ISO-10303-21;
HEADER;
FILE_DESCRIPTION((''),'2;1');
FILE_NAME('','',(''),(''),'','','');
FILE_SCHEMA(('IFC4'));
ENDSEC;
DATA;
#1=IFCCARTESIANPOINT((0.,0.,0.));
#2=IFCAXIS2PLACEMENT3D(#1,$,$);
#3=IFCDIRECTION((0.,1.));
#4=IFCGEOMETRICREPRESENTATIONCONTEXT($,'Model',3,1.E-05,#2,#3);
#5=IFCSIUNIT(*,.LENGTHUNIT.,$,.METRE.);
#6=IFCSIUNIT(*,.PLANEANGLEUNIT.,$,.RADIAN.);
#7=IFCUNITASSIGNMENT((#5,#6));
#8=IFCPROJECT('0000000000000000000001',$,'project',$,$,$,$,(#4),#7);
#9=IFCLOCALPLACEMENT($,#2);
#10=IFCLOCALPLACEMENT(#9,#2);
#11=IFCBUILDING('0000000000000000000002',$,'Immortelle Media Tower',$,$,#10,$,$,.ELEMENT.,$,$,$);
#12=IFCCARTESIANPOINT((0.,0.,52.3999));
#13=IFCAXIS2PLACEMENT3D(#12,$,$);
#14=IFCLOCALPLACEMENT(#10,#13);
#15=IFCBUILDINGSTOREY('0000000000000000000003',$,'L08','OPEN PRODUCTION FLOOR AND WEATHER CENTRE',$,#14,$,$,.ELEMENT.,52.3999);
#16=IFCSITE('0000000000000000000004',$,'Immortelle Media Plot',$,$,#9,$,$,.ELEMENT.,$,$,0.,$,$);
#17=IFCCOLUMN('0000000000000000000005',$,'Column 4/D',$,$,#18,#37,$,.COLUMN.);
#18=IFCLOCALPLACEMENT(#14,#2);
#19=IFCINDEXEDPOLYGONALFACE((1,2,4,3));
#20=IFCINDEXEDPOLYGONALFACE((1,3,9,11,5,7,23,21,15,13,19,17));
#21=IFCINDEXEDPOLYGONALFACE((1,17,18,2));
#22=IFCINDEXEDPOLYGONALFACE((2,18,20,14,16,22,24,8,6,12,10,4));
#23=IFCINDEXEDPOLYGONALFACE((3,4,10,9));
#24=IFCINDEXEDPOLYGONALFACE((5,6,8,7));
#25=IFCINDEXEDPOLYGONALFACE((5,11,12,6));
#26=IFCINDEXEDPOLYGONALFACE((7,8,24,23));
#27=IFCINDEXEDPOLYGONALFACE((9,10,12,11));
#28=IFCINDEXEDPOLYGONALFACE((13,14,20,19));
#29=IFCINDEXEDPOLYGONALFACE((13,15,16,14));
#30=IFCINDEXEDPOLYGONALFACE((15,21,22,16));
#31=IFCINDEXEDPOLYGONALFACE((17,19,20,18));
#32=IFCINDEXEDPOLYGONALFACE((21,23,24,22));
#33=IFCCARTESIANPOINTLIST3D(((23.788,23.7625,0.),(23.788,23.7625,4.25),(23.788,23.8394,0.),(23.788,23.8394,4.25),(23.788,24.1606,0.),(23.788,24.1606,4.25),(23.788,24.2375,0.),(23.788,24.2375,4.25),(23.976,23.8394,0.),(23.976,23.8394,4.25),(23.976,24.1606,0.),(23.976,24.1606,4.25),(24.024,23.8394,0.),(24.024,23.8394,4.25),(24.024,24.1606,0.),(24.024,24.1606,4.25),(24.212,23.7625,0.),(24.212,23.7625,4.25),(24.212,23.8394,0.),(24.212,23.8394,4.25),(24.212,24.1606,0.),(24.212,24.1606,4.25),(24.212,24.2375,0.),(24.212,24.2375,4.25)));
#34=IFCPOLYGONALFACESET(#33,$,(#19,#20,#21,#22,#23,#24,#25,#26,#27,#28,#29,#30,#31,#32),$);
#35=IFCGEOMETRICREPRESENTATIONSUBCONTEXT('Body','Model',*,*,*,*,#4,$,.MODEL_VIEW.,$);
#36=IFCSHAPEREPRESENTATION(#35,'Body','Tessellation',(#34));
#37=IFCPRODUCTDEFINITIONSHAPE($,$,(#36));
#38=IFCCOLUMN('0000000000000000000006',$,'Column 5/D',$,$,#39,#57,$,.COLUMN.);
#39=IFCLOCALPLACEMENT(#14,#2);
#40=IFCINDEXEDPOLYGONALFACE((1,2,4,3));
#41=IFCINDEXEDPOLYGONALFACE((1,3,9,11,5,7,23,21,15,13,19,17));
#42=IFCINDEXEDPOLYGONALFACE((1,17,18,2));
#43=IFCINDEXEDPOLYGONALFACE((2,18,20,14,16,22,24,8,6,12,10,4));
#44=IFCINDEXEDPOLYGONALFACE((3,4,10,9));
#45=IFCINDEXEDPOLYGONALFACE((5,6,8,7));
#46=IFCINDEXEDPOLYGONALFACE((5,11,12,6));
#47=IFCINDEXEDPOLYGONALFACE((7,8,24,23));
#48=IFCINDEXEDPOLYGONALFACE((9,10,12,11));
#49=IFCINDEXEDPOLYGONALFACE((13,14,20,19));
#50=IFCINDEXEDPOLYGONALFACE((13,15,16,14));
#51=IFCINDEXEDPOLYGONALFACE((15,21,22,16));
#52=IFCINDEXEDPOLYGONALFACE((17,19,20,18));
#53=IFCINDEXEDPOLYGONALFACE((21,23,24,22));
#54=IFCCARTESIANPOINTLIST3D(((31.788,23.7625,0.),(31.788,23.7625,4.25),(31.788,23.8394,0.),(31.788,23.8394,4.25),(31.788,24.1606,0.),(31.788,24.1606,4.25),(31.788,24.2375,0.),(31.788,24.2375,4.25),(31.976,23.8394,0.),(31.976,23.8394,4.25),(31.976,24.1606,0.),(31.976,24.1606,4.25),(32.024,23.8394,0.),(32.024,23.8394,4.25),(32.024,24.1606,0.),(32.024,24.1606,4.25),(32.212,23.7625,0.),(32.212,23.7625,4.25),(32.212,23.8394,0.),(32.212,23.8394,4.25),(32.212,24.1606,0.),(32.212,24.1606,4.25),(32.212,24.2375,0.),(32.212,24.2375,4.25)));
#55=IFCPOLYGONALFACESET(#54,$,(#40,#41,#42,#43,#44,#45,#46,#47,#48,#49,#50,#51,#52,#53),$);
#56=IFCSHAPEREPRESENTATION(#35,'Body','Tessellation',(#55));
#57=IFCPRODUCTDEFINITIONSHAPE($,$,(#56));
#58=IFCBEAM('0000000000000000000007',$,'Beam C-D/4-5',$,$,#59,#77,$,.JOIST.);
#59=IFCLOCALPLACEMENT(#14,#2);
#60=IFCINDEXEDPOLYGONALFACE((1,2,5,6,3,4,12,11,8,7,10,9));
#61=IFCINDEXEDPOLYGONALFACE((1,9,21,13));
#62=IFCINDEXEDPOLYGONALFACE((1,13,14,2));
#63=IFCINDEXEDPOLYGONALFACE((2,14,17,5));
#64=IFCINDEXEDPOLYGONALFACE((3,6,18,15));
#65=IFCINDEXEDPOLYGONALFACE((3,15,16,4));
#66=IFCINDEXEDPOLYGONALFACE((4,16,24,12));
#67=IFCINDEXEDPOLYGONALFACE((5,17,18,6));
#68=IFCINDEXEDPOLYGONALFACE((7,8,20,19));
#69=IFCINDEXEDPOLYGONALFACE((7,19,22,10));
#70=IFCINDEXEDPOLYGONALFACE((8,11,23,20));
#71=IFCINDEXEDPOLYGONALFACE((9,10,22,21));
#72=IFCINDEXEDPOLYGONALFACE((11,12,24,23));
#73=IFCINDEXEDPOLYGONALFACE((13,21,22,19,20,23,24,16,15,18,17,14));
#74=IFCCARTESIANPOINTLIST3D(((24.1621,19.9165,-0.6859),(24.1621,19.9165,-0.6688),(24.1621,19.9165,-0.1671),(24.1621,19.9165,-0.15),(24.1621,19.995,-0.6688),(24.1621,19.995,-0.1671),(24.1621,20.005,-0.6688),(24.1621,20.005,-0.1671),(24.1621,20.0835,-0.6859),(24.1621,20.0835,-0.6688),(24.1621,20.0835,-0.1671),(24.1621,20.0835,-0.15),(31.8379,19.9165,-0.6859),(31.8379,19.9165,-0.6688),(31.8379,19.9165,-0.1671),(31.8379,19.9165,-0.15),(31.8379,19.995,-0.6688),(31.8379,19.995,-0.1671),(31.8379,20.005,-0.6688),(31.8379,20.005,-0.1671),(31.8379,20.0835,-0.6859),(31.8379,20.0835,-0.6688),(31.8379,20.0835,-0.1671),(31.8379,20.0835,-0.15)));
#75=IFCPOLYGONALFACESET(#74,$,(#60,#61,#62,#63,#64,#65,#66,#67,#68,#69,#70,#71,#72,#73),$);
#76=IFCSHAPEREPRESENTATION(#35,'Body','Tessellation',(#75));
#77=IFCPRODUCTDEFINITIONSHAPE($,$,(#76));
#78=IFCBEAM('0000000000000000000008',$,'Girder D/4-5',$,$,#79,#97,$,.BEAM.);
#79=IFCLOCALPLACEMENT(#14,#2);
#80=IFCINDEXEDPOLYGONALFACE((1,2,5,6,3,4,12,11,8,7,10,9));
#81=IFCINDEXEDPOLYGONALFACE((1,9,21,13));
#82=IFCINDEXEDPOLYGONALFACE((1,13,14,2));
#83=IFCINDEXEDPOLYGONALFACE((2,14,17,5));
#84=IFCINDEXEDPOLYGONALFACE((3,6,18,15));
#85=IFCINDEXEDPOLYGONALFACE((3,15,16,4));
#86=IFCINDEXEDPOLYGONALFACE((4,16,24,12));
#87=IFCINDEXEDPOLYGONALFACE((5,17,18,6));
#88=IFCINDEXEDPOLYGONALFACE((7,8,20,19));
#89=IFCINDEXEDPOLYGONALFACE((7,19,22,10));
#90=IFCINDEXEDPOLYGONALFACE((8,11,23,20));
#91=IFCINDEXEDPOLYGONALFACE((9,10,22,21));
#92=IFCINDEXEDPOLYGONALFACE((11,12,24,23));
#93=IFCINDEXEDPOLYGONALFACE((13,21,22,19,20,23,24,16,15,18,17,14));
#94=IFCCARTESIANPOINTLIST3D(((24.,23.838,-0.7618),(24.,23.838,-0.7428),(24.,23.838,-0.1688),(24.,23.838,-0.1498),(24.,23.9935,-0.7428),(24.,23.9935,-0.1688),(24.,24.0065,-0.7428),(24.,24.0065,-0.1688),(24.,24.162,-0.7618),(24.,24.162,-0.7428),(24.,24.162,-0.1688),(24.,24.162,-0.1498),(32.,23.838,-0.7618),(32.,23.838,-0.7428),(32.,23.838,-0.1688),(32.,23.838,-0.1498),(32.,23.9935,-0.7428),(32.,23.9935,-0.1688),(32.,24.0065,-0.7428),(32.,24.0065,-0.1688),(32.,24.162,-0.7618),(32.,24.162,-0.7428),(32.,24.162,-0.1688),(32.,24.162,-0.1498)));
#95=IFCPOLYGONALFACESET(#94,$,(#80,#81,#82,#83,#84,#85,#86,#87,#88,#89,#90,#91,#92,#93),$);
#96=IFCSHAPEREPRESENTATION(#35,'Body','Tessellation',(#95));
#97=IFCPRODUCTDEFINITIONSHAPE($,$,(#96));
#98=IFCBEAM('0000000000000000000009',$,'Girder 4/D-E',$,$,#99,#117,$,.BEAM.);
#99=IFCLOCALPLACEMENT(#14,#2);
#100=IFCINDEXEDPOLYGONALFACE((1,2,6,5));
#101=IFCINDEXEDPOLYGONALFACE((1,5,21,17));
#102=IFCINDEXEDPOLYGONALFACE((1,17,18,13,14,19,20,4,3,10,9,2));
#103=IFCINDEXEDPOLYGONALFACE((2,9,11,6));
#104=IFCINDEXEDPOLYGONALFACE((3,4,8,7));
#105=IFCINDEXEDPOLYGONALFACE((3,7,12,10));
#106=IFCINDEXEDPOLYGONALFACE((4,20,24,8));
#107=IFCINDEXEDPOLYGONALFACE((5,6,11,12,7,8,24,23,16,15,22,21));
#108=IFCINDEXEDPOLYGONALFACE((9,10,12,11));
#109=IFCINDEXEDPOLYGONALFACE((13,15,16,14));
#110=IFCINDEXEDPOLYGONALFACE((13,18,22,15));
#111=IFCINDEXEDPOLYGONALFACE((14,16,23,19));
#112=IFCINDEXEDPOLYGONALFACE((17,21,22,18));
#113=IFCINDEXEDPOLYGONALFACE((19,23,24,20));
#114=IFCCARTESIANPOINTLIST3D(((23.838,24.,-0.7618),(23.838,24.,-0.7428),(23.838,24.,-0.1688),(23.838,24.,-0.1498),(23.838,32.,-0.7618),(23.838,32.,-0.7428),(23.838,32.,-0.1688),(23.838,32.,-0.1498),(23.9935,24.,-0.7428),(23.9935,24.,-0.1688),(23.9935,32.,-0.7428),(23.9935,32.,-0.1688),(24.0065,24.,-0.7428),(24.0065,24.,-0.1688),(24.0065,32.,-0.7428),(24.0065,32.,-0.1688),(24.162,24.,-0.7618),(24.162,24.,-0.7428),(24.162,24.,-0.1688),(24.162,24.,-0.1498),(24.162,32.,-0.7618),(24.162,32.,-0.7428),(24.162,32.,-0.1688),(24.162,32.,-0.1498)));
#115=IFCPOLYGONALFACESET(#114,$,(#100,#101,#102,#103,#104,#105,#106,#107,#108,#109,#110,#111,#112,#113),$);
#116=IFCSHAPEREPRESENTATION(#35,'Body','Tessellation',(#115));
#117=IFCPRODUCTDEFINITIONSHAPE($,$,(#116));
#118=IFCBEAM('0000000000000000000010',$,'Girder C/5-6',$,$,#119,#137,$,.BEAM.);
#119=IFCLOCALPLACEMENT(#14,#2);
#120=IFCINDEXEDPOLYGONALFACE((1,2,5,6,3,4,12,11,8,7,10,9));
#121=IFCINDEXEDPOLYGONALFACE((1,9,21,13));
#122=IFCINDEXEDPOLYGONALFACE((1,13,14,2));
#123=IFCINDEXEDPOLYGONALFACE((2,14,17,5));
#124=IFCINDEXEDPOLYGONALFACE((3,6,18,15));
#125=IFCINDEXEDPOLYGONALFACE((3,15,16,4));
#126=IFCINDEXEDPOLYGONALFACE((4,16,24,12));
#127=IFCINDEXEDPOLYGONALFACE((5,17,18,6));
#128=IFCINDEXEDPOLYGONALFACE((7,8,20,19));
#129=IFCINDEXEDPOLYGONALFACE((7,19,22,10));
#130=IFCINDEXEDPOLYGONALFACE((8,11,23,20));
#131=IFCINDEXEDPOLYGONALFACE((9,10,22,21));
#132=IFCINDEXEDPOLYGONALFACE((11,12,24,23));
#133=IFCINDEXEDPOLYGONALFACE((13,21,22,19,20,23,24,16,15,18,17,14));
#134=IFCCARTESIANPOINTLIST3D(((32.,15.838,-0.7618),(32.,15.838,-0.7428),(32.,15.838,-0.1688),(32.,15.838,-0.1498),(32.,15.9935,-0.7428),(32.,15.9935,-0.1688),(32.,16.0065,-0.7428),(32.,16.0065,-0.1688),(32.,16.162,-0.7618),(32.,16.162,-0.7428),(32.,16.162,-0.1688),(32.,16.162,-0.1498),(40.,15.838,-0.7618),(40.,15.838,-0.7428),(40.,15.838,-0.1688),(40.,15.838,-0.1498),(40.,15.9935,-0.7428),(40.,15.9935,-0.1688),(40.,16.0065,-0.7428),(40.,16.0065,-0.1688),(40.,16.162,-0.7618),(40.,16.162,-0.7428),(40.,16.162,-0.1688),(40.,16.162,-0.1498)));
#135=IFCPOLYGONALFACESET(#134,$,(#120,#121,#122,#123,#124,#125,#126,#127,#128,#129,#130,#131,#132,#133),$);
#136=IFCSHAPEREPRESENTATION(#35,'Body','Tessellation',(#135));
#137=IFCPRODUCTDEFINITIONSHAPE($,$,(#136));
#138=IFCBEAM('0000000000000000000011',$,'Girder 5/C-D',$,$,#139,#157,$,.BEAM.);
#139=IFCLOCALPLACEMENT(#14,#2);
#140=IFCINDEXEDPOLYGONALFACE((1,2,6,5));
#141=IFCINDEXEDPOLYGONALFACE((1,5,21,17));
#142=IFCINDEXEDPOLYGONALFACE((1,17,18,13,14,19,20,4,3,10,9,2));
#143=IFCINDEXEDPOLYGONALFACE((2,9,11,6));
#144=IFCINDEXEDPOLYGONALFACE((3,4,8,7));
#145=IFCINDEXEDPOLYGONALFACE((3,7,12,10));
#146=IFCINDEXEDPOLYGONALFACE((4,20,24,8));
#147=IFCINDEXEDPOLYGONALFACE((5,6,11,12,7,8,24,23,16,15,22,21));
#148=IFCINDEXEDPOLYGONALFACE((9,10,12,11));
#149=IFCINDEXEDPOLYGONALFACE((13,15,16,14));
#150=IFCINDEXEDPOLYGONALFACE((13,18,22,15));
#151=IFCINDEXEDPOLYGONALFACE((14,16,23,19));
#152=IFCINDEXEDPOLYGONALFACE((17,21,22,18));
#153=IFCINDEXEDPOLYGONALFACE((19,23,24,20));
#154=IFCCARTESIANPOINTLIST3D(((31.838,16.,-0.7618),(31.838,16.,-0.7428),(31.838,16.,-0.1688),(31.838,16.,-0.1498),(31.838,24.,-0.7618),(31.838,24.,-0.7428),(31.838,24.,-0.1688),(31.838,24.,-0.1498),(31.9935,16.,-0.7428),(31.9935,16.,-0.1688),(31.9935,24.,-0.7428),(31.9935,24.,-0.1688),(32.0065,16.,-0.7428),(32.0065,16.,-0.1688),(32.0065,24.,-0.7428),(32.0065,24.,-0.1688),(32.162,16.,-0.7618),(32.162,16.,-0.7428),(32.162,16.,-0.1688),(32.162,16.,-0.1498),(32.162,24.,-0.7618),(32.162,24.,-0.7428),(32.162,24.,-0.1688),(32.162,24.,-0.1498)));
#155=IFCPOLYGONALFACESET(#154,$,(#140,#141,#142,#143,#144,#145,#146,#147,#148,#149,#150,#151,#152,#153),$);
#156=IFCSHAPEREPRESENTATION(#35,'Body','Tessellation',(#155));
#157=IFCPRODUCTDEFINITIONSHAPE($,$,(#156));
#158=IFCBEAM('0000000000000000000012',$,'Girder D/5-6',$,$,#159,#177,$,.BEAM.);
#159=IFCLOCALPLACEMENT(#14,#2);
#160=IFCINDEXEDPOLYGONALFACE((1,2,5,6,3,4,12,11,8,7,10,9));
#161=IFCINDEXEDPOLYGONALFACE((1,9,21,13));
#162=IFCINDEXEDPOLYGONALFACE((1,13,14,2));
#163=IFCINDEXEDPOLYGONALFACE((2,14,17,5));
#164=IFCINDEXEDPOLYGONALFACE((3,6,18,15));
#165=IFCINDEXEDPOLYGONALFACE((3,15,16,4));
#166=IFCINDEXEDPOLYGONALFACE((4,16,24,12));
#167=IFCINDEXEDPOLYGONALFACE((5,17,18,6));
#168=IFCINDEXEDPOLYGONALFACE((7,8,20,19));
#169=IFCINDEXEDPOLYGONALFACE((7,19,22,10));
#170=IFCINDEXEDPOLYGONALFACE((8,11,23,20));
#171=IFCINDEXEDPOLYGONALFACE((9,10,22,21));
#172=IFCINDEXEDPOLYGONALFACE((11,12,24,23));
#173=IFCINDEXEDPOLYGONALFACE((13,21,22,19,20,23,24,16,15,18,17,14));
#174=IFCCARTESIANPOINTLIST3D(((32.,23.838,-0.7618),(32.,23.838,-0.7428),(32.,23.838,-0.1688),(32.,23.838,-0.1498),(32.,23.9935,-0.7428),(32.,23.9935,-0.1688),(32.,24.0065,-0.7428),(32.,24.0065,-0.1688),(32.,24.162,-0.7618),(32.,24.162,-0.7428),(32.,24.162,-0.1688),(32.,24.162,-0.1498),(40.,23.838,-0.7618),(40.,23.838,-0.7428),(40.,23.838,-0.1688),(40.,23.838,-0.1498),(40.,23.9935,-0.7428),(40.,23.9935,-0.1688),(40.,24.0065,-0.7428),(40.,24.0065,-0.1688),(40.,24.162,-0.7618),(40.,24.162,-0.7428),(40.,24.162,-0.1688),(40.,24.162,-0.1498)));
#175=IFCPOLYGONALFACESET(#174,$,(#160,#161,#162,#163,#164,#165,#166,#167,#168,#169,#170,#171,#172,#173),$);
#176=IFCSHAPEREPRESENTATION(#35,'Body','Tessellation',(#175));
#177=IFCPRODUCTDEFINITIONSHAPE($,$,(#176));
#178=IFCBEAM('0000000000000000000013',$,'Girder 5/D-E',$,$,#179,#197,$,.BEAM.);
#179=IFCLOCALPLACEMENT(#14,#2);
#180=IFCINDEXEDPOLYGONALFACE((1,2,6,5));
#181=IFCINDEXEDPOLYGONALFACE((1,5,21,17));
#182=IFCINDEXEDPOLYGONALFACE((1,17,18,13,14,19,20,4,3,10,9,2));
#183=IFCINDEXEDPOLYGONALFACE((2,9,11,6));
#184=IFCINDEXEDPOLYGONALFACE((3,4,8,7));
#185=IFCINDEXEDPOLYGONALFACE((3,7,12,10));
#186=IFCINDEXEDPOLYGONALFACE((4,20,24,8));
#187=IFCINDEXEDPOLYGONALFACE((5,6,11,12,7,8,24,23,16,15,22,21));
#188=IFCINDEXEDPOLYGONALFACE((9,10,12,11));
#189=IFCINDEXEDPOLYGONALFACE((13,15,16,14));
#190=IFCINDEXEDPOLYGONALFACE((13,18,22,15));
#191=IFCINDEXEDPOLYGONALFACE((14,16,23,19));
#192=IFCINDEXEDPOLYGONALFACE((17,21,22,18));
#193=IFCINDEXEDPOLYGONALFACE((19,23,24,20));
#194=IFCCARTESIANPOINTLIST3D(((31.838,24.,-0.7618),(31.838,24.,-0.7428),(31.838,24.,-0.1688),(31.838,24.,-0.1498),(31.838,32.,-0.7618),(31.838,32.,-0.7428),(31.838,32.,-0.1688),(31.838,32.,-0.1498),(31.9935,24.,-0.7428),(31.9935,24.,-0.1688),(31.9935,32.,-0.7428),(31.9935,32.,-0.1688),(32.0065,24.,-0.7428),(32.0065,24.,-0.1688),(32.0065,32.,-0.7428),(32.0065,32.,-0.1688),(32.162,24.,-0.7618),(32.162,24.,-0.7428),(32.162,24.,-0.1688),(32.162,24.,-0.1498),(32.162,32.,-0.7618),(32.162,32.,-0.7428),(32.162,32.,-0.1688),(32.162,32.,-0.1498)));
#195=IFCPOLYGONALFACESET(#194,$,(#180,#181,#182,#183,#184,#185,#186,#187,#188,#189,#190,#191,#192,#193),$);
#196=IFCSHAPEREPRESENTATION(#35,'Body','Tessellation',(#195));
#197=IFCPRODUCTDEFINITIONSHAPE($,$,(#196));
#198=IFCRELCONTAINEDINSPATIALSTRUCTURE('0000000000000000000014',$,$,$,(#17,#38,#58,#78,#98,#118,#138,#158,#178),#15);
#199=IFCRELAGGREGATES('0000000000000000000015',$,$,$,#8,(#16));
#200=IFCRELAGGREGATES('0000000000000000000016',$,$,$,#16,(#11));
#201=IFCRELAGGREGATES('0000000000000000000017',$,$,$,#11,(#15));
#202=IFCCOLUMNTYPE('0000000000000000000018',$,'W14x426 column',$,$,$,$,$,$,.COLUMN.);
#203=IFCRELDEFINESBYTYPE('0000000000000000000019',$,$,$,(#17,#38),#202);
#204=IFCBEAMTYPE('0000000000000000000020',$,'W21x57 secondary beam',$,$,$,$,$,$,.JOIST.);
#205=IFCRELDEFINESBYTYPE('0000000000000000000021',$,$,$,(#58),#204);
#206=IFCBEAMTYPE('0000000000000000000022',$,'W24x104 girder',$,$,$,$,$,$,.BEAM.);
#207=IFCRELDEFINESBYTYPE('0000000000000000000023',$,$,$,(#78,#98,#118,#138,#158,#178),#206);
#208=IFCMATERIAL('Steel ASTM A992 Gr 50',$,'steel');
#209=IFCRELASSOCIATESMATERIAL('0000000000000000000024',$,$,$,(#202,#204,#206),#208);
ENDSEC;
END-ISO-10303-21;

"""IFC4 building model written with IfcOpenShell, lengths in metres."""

from ifc_helpers import new_model, si_unit, direction, frame, origin, origin_2d, place, context, subcontext, project, spatial, i_section, extrude, material, material_profile, profile_set, type_object, element, save


model = new_model("IFC4")

# Units and contexts
model_context = context("Model", 3, precision=1e-05, world=origin(), true_north=direction((0.0, 1.0)))
body_context = subcontext(model_context, "Body", "Model", "MODEL_VIEW")
ifc_project = project(units=[si_unit("LENGTHUNIT", "METRE"), si_unit("PLANEANGLEUNIT", "RADIAN")], contexts=[model_context])

# Site, building, storey
site_placement = place(None, origin())
site = spatial("IfcSite", under=ifc_project, at=site_placement, Name="Immortelle Media Plot", CompositionType="ELEMENT", RefElevation=0.0)
building_placement = place(site_placement, origin())
building = spatial("IfcBuilding", under=site, at=building_placement, Name="Immortelle Media Tower", CompositionType="ELEMENT")
storey_placement = place(building_placement, frame((0.0, 0.0, 52.3999)))
storey = spatial("IfcBuildingStorey", under=building, at=storey_placement, Name="L08", Description="OPEN PRODUCTION FLOOR AND WEATHER CENTRE", CompositionType="ELEMENT", Elevation=52.3999)

# Columns
ifc_material_1 = material(Name="Steel ASTM A992 Gr 50", Category="steel")
ifc_material_profile_1 = material_profile(ifc_material_1, i_section(OverallWidth=0.4241, OverallDepth=0.4751, WebThickness=0.0481, FlangeThickness=0.0769, at=origin_2d()), Name="W14x426")
ifc_profile_set_1 = profile_set([ifc_material_profile_1], Name="Steel ASTM A992 Gr 50")
column_type = type_object("IfcColumnType", Name="W14x426 column", PredefinedType="COLUMN", material=ifc_profile_set_1)
for number, where, z_axis, x_axis, name in (
    (1, (24.0, 24.0, 0.0), (0.0, 0.0, 1.0), (1.0, 0.0, 0.0), "Column 4/D"),
    (2, (32.0, 24.0, 0.0), (0.0, 0.0, 1.0), (1.0, 0.0, 0.0), "Column 5/D"),
):
    element("IfcColumn", number, at=place(storey_placement, frame(where, z_axis=z_axis, x_axis=x_axis)), inside=storey, type_object=column_type, Name=name, PredefinedType="COLUMN", context=body_context, shape_type="SweptSolid", body=[
        extrude(i_section(OverallWidth=0.4241, OverallDepth=0.4751, WebThickness=0.0481, FlangeThickness=0.0769, at=origin_2d()), origin(), (0.0, 0.0, 1.0), 4.25),
    ])

# Beams
ifc_material_profile_2 = material_profile(ifc_material_1, i_section(OverallWidth=0.167, OverallDepth=0.5359, WebThickness=0.01, FlangeThickness=0.0171, at=origin_2d()), Name="W21x57")
ifc_profile_set_2 = profile_set([ifc_material_profile_2], Name="Steel ASTM A992 Gr 50")
beam_type_1 = type_object("IfcBeamType", Name="W21x57 secondary beam", PredefinedType="JOIST", material=ifc_profile_set_2)
beam_placement = place(storey_placement, frame((24.1621, 20.0, -0.418), z_axis=(1.0, 0.0, 0.0), x_axis=(0.0, 1.0, 0.0)))
element("IfcBeam", 3, at=beam_placement, inside=storey, type_object=beam_type_1, Name="Beam C-D/4-5", PredefinedType="JOIST", context=body_context, shape_type="SweptSolid", body=[
    extrude(i_section(OverallWidth=0.167, OverallDepth=0.5359, WebThickness=0.01, FlangeThickness=0.0171, at=origin_2d()), origin(), (0.0, 0.0, 1.0), 7.6758),
])
ifc_material_profile_3 = material_profile(ifc_material_1, i_section(OverallWidth=0.324, OverallDepth=0.6121, WebThickness=0.0129, FlangeThickness=0.019, at=origin_2d()), Name="W24x104")
ifc_profile_set_3 = profile_set([ifc_material_profile_3], Name="Steel ASTM A992 Gr 50")
beam_type_2 = type_object("IfcBeamType", Name="W24x104 girder", PredefinedType="BEAM", material=ifc_profile_set_3)
for number, where, z_axis, x_axis, name in (
    (4, (24.0, 24.0, -0.4558), (1.0, 0.0, 0.0), (0.0, 1.0, 0.0), "Girder D/4-5"),
    (5, (24.0, 24.0, -0.4558), (0.0, 1.0, 0.0), (-1.0, 0.0, 0.0), "Girder 4/D-E"),
    (6, (32.0, 16.0, -0.4558), (1.0, 0.0, 0.0), (0.0, 1.0, 0.0), "Girder C/5-6"),
    (7, (32.0, 16.0, -0.4558), (0.0, 1.0, 0.0), (-1.0, 0.0, 0.0), "Girder 5/C-D"),
    (8, (32.0, 24.0, -0.4558), (1.0, 0.0, 0.0), (0.0, 1.0, 0.0), "Girder D/5-6"),
    (9, (32.0, 24.0, -0.4558), (0.0, 1.0, 0.0), (-1.0, 0.0, 0.0), "Girder 5/D-E"),
):
    element("IfcBeam", number, at=place(storey_placement, frame(where, z_axis=z_axis, x_axis=x_axis)), inside=storey, type_object=beam_type_2, Name=name, PredefinedType="BEAM", context=body_context, shape_type="SweptSolid", body=[
        extrude(i_section(OverallWidth=0.324, OverallDepth=0.6121, WebThickness=0.0129, FlangeThickness=0.019, at=origin_2d()), origin(), (0.0, 0.0, 1.0), 8.0),
    ])

save(model, "model.ifc")
